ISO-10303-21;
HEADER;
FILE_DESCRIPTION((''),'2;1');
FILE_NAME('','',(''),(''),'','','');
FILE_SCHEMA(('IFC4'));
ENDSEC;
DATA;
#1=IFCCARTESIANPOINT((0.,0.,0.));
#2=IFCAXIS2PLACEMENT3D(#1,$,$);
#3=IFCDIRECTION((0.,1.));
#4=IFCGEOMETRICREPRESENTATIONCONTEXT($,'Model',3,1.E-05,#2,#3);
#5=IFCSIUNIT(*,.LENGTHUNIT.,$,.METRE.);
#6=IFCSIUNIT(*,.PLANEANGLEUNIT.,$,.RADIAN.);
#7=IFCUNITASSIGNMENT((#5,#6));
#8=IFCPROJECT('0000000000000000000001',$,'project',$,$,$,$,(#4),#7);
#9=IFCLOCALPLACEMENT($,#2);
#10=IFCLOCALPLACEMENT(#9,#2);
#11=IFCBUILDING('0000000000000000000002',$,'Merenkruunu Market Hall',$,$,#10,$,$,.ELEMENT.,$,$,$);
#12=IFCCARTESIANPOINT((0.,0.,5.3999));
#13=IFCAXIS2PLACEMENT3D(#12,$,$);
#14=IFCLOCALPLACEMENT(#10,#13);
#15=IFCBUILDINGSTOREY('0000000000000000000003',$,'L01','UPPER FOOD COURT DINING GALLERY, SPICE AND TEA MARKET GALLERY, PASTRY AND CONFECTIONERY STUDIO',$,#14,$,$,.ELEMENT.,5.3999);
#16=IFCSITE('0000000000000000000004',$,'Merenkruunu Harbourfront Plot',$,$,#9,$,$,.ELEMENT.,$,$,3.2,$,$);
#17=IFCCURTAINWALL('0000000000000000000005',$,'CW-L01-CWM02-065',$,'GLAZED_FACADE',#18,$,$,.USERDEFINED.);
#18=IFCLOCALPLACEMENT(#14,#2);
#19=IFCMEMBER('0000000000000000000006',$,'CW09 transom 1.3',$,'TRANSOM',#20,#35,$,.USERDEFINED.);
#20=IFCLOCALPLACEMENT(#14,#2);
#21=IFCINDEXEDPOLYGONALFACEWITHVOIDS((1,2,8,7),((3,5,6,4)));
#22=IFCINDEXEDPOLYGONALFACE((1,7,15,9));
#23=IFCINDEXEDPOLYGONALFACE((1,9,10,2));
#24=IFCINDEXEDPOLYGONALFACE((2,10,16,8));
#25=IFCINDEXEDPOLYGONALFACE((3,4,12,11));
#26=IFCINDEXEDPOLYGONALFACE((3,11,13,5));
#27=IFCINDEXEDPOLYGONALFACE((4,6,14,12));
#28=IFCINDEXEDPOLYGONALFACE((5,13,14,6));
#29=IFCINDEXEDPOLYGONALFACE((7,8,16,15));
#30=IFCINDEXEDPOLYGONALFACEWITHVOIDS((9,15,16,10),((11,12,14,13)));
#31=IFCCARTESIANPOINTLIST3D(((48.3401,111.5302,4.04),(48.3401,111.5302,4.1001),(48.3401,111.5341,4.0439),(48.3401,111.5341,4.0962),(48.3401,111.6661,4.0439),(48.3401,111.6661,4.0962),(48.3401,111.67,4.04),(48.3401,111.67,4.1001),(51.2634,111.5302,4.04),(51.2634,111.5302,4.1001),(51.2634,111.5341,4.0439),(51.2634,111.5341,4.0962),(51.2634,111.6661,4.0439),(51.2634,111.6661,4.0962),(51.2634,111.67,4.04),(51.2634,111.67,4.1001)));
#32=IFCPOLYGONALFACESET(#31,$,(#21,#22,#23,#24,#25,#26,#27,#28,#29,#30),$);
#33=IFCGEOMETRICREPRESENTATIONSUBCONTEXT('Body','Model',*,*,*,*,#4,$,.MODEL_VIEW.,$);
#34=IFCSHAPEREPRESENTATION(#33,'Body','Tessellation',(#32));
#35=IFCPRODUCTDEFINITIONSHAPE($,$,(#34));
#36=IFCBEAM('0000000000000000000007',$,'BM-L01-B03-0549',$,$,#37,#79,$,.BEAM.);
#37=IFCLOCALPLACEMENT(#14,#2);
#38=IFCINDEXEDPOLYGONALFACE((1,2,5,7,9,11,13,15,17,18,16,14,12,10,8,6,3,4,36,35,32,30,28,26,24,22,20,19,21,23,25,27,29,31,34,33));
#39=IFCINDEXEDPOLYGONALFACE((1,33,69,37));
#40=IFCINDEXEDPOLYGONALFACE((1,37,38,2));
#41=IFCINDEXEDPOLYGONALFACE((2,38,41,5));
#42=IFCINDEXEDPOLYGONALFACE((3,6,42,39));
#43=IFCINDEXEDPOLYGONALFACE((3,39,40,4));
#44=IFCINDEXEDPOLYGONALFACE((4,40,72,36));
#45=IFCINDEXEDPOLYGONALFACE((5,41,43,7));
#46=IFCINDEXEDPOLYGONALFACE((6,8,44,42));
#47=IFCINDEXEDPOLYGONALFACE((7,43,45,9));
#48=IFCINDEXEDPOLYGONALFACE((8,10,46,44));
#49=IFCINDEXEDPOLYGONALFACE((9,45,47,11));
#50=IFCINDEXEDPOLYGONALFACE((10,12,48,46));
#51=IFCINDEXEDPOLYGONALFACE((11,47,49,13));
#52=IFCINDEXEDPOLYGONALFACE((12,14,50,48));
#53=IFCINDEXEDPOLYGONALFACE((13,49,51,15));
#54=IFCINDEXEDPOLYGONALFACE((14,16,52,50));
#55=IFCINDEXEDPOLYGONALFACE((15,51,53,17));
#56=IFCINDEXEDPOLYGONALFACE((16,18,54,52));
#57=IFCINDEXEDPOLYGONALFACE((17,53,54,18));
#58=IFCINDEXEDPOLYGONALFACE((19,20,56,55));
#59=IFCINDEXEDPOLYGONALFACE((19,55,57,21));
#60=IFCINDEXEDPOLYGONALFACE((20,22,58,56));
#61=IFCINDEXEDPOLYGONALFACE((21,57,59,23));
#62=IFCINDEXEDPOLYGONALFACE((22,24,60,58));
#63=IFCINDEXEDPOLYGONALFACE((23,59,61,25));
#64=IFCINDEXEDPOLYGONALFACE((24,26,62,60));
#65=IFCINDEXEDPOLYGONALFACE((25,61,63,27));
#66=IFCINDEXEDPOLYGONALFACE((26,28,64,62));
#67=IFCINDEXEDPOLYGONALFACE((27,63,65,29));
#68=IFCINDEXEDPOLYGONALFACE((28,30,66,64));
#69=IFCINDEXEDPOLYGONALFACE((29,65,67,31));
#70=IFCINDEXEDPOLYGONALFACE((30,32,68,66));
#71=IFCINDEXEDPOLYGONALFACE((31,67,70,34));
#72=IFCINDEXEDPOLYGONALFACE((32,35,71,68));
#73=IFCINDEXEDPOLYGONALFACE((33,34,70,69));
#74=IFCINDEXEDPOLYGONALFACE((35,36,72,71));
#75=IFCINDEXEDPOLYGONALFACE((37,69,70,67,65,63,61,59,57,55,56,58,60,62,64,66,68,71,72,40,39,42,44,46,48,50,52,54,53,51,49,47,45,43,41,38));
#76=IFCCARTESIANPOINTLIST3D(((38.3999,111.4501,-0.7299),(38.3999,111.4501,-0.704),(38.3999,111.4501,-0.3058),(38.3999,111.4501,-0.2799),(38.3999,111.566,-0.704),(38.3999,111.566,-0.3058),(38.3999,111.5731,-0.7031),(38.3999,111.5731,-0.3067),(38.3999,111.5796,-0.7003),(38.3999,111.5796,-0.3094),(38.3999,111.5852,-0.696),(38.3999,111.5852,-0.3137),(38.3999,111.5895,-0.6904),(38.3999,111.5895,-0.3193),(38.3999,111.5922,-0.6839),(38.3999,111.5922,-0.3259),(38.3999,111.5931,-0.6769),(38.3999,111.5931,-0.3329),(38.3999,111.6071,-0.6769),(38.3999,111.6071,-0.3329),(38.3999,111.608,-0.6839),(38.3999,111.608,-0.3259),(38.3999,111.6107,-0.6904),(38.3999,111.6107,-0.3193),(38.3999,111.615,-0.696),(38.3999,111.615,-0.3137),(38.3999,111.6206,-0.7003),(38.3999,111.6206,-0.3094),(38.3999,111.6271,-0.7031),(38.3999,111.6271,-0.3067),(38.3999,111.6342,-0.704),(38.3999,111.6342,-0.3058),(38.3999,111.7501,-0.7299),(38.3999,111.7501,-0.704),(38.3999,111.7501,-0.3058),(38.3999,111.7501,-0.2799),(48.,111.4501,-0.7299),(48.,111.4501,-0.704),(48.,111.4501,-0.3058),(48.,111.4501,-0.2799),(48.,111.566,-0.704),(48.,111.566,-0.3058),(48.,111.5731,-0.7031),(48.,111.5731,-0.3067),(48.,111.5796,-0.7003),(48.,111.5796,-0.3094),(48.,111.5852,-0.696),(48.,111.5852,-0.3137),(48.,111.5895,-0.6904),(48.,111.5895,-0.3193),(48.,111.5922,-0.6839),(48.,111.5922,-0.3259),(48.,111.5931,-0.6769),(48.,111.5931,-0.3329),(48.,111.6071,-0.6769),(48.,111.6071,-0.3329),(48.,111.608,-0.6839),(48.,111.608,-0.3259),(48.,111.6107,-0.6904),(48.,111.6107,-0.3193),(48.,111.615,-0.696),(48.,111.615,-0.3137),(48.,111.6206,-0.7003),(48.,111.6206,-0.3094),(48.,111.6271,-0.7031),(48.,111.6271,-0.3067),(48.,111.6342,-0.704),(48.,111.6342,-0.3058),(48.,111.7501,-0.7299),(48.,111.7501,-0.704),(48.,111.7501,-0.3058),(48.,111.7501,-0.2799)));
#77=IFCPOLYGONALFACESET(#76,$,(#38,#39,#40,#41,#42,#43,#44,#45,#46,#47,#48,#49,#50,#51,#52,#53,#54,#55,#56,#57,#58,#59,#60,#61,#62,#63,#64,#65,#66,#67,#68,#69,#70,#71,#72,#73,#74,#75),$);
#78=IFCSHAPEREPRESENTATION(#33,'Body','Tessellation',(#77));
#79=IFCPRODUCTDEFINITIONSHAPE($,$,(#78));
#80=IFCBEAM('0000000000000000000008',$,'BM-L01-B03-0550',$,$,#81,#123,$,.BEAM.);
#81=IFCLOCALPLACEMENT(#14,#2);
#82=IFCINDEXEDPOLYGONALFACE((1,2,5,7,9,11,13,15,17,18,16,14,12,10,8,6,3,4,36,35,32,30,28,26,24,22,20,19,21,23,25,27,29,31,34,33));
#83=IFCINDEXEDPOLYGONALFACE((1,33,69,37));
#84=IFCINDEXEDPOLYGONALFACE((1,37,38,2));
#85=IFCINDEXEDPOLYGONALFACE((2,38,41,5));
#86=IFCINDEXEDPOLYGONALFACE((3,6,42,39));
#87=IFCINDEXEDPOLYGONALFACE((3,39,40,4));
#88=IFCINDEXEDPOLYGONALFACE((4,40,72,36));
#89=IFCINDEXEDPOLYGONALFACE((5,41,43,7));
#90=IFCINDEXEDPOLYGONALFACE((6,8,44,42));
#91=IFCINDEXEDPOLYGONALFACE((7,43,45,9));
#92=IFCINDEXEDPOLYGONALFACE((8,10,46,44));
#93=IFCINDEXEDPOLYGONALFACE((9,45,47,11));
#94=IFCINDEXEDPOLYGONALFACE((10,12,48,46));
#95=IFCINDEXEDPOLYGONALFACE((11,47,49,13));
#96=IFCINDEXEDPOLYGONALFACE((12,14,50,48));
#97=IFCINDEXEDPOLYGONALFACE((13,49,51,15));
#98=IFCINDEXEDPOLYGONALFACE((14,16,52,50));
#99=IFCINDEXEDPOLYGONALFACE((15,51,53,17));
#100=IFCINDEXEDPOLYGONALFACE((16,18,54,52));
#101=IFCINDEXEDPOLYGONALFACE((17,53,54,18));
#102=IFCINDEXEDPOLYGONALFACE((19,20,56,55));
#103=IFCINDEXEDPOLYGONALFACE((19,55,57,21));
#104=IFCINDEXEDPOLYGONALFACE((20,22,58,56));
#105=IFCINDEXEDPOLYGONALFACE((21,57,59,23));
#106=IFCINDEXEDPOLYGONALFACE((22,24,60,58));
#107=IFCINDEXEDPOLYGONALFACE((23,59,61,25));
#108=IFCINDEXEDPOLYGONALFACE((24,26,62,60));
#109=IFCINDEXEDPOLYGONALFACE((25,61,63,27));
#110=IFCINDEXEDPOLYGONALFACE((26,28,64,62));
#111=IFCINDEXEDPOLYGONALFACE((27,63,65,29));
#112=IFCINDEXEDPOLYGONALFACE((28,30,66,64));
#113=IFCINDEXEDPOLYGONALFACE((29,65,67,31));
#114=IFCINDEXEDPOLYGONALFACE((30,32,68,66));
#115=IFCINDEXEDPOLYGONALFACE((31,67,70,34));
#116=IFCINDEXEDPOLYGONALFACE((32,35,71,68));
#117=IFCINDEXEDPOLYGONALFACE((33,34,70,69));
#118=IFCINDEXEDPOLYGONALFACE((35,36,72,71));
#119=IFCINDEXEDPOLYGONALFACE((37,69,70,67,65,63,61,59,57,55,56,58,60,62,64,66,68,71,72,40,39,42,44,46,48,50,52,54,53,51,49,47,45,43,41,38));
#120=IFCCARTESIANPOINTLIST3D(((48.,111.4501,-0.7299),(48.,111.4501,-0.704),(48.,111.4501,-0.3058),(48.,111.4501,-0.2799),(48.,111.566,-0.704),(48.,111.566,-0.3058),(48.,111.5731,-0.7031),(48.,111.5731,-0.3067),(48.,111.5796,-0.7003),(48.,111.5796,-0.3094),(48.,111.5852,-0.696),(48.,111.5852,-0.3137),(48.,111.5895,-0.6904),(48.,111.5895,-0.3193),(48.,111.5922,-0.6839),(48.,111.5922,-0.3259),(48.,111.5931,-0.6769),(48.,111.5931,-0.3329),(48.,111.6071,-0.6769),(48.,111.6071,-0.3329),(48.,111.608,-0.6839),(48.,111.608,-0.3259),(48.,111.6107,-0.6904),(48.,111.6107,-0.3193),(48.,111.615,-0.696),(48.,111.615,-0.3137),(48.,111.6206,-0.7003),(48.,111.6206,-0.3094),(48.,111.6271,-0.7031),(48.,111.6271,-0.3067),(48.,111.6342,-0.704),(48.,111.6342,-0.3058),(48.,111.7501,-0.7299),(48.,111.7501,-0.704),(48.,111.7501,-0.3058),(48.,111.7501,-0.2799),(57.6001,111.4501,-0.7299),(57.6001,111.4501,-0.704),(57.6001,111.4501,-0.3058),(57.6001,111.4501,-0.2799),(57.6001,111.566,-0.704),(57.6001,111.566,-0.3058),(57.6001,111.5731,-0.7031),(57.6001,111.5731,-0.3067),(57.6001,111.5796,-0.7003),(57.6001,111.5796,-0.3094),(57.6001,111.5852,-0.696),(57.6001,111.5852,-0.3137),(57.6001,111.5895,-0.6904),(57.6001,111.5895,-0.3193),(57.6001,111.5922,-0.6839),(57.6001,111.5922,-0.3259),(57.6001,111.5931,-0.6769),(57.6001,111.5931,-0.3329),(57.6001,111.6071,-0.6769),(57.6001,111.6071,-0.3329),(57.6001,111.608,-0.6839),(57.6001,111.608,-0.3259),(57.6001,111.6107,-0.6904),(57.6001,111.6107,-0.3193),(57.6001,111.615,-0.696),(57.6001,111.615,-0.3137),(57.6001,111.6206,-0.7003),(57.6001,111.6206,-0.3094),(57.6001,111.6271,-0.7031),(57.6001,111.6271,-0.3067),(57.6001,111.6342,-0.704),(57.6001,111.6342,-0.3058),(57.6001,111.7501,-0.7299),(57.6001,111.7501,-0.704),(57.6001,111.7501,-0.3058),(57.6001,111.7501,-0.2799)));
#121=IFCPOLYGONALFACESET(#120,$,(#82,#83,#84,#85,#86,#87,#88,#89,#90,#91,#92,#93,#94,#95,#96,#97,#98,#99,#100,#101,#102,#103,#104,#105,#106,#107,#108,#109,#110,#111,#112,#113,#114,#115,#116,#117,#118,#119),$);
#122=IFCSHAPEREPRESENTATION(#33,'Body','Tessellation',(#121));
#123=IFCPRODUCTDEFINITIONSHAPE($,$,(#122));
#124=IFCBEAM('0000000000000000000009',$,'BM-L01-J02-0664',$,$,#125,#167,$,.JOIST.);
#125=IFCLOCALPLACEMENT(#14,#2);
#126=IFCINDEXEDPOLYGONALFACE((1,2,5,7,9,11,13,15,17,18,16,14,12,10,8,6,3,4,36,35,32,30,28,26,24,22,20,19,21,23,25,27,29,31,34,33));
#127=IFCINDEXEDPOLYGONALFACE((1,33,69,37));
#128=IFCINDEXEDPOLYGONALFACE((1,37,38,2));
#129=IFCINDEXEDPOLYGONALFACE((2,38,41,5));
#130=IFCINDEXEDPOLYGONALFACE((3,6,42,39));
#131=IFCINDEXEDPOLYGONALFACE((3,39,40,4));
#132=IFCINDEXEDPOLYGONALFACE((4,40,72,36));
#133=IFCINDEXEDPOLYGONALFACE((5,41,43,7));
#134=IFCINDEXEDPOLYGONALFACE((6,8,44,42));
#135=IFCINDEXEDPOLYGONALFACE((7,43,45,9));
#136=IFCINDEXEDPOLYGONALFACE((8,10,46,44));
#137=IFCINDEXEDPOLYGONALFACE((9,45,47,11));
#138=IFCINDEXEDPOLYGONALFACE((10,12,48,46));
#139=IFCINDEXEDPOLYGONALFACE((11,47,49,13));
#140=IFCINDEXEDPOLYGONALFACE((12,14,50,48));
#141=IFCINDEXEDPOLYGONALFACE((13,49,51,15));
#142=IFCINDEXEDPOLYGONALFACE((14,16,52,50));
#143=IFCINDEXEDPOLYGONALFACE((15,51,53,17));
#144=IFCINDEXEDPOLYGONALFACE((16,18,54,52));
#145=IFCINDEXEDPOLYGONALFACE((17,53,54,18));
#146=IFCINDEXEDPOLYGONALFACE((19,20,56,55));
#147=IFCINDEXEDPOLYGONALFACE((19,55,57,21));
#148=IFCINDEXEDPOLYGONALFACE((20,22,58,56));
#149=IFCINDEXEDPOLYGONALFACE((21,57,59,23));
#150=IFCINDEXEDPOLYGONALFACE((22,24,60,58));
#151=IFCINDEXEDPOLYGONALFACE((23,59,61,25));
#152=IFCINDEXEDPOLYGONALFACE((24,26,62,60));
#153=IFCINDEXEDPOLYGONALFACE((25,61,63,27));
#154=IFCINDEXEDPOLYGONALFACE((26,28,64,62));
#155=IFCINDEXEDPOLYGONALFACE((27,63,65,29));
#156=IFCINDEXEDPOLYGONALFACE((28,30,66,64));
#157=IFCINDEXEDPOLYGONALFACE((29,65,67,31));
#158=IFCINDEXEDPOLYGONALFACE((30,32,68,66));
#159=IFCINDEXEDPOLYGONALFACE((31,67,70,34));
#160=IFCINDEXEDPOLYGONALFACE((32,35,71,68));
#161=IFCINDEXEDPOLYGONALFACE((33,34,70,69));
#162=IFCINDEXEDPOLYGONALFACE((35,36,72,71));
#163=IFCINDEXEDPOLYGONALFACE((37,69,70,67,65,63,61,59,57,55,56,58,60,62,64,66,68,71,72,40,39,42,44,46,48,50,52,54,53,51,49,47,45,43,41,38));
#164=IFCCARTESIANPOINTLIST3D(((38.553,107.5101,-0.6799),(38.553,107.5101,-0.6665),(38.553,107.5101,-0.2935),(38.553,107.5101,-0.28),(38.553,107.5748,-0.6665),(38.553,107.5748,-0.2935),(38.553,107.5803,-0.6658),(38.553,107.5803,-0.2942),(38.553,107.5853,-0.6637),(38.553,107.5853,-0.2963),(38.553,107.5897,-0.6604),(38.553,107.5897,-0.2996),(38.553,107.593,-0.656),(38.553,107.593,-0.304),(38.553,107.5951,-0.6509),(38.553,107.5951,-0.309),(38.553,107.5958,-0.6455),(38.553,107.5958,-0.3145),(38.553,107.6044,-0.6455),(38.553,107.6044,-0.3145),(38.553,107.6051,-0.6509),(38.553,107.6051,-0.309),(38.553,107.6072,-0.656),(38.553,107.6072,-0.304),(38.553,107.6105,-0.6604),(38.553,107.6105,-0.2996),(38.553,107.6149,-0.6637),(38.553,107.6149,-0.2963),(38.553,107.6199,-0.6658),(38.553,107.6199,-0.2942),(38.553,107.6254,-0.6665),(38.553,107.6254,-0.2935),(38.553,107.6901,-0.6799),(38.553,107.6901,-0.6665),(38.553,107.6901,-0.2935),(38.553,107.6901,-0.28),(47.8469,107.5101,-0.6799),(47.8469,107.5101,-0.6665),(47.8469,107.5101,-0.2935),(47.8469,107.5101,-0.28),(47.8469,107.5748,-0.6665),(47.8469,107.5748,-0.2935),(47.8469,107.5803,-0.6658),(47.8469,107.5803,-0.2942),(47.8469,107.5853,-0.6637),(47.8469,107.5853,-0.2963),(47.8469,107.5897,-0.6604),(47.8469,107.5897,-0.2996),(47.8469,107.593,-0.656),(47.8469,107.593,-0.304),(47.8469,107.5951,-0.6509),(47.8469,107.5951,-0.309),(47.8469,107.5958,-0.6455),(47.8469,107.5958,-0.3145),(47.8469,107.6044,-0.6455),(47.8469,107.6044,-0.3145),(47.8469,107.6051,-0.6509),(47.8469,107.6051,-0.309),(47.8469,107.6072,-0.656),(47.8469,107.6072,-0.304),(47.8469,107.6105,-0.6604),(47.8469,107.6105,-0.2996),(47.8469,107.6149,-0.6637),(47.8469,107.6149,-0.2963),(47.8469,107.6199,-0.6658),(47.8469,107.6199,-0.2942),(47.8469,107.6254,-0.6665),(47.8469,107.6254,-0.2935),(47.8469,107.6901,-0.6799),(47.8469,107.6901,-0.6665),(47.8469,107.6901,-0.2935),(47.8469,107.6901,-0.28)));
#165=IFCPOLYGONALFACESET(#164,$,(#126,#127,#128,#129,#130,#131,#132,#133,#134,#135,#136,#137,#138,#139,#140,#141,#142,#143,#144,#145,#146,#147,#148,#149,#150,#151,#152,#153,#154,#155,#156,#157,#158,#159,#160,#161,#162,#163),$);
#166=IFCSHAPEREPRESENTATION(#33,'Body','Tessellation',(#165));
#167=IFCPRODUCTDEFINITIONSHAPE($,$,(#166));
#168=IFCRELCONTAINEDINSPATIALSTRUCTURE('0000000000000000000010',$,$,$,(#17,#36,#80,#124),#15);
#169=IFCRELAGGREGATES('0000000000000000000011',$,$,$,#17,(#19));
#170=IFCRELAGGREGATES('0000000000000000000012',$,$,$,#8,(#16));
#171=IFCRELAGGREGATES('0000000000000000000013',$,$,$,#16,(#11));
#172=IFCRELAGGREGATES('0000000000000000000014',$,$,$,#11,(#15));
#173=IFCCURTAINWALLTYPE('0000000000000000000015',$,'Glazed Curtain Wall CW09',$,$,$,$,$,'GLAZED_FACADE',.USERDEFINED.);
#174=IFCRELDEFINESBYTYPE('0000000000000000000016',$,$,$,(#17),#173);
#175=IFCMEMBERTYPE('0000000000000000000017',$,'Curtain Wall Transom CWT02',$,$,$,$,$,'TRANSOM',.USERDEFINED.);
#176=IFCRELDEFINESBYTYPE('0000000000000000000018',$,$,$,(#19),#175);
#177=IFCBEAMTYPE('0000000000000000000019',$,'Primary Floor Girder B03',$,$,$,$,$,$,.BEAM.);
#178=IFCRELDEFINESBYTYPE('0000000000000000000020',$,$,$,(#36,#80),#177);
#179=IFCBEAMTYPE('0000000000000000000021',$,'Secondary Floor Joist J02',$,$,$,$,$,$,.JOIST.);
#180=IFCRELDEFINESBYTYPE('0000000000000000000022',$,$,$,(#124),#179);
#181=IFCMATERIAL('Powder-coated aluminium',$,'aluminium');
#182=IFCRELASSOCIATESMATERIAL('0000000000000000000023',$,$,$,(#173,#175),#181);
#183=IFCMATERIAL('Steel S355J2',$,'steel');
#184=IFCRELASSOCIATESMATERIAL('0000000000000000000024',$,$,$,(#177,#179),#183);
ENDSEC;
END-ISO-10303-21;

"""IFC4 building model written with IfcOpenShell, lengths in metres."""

from ifc_helpers import new_model, si_unit, direction, frame, origin, origin_2d, place, context, subcontext, project, spatial, hollow_rectangle, i_section, extrude, material, material_profile, profile_set, type_object, element, aggregate, save


model = new_model("IFC4")

# Units and contexts
model_context = context("Model", 3, precision=1e-05, world=origin(), true_north=direction((0.0, 1.0)))
body_context = subcontext(model_context, "Body", "Model", "MODEL_VIEW")
ifc_project = project(units=[si_unit("LENGTHUNIT", "METRE"), si_unit("PLANEANGLEUNIT", "RADIAN")], contexts=[model_context])

# Site, building, storey
site_placement = place(None, origin())
site = spatial("IfcSite", under=ifc_project, at=site_placement, Name="Merenkruunu Harbourfront Plot", CompositionType="ELEMENT", RefElevation=3.2)
building_placement = place(site_placement, origin())
building = spatial("IfcBuilding", under=site, at=building_placement, Name="Merenkruunu Market Hall", CompositionType="ELEMENT")
storey_placement = place(building_placement, frame((0.0, 0.0, 5.3999)))
storey = spatial("IfcBuildingStorey", under=building, at=storey_placement, Name="L01", Description="UPPER FOOD COURT DINING GALLERY, SPICE AND TEA MARKET GALLERY, PASTRY AND CONFECTIONERY STUDIO", CompositionType="ELEMENT", Elevation=5.3999)

# Shared definitions
ifc_material_1 = material(Name="Steel S355J2", Category="steel")

# Shared definitions
ifc_material_2 = material(Name="Powder-coated aluminium", Category="aluminium")
curtain_wall_type = type_object("IfcCurtainWallType", Name="Glazed Curtain Wall CW09", ElementType="GLAZED_FACADE", PredefinedType="USERDEFINED", material=ifc_material_2)

# Curtain wall
curtain_wall_1_placement = place(storey_placement, origin())
curtain_wall_1 = element("IfcCurtainWall", 1, at=curtain_wall_1_placement, inside=storey, type_object=curtain_wall_type, Name="CW-L01-CWM02-065", ObjectType="GLAZED_FACADE", PredefinedType="USERDEFINED")

# Member
ifc_material_profile_1 = material_profile(ifc_material_2, hollow_rectangle(XDim=0.0601, YDim=0.1399, WallThickness=0.0039, at=origin_2d()), Name="ALU 60x140x4")
ifc_profile_set_1 = profile_set([ifc_material_profile_1], Name="Powder-coated aluminium")
member_type_1 = type_object("IfcMemberType", Name="Curtain Wall Transom CWT02", ElementType="TRANSOM", PredefinedType="USERDEFINED", material=ifc_profile_set_1)
member_1_placement = place(storey_placement, frame((48.3401, 111.6001, 4.0701), z_axis=(1.0, 0.0, 0.0), x_axis=(0.0, 0.0, 1.0)))
member_1 = element("IfcMember", 2, at=member_1_placement, type_object=member_type_1, Name="CW09 transom 1.3", ObjectType="TRANSOM", PredefinedType="USERDEFINED", context=body_context, shape_type="SweptSolid", body=[
    extrude(hollow_rectangle(XDim=0.0601, YDim=0.1399, WallThickness=0.0039, at=origin_2d()), origin(), (0.0, 0.0, 1.0), 2.9233),
])

# Beams
ifc_material_profile_2 = material_profile(ifc_material_1, i_section(OverallWidth=0.3, OverallDepth=0.45, WebThickness=0.0139, FlangeThickness=0.0259, FilletRadius=0.0271, at=origin_2d()), Name="HEB 450")
ifc_profile_set_2 = profile_set([ifc_material_profile_2], Name="Steel S355J2")
beam_type_1 = type_object("IfcBeamType", Name="Primary Floor Girder B03", PredefinedType="BEAM", material=ifc_profile_set_2)
for number, where, z_axis, x_axis, name in (
    (3, (38.3999, 111.6001, -0.5049), (1.0, 0.0, 0.0), (0.0, 1.0, 0.0), "BM-L01-B03-0549"),
    (4, (48.0, 111.6001, -0.5049), (1.0, 0.0, 0.0), (0.0, 1.0, 0.0), "BM-L01-B03-0550"),
):
    element("IfcBeam", number, at=place(storey_placement, frame(where, z_axis=z_axis, x_axis=x_axis)), inside=storey, type_object=beam_type_1, Name=name, PredefinedType="BEAM", context=body_context, shape_type="SweptSolid", body=[
        extrude(i_section(OverallWidth=0.3, OverallDepth=0.45, WebThickness=0.0139, FlangeThickness=0.0259, FilletRadius=0.0271, at=origin_2d()), origin(), (0.0, 0.0, 1.0), 9.6001),
    ])
ifc_material_profile_3 = material_profile(ifc_material_1, i_section(OverallWidth=0.1799, OverallDepth=0.3999, WebThickness=0.0085, FlangeThickness=0.0134, FilletRadius=0.021, at=origin_2d()), Name="IPE 400")
ifc_profile_set_3 = profile_set([ifc_material_profile_3], Name="Steel S355J2")
beam_type_2 = type_object("IfcBeamType", Name="Secondary Floor Joist J02", PredefinedType="JOIST", material=ifc_profile_set_3)
beam_placement = place(storey_placement, frame((38.553, 107.6001, -0.48), z_axis=(1.0, 0.0, 0.0), x_axis=(0.0, 1.0, 0.0)))
element("IfcBeam", 5, at=beam_placement, inside=storey, type_object=beam_type_2, Name="BM-L01-J02-0664", PredefinedType="JOIST", context=body_context, shape_type="SweptSolid", body=[
    extrude(i_section(OverallWidth=0.1799, OverallDepth=0.3999, WebThickness=0.0085, FlangeThickness=0.0134, FilletRadius=0.021, at=origin_2d()), origin(), (0.0, 0.0, 1.0), 9.2939),
])

aggregate(curtain_wall_1, [member_1])

save(model, "model.ifc")
